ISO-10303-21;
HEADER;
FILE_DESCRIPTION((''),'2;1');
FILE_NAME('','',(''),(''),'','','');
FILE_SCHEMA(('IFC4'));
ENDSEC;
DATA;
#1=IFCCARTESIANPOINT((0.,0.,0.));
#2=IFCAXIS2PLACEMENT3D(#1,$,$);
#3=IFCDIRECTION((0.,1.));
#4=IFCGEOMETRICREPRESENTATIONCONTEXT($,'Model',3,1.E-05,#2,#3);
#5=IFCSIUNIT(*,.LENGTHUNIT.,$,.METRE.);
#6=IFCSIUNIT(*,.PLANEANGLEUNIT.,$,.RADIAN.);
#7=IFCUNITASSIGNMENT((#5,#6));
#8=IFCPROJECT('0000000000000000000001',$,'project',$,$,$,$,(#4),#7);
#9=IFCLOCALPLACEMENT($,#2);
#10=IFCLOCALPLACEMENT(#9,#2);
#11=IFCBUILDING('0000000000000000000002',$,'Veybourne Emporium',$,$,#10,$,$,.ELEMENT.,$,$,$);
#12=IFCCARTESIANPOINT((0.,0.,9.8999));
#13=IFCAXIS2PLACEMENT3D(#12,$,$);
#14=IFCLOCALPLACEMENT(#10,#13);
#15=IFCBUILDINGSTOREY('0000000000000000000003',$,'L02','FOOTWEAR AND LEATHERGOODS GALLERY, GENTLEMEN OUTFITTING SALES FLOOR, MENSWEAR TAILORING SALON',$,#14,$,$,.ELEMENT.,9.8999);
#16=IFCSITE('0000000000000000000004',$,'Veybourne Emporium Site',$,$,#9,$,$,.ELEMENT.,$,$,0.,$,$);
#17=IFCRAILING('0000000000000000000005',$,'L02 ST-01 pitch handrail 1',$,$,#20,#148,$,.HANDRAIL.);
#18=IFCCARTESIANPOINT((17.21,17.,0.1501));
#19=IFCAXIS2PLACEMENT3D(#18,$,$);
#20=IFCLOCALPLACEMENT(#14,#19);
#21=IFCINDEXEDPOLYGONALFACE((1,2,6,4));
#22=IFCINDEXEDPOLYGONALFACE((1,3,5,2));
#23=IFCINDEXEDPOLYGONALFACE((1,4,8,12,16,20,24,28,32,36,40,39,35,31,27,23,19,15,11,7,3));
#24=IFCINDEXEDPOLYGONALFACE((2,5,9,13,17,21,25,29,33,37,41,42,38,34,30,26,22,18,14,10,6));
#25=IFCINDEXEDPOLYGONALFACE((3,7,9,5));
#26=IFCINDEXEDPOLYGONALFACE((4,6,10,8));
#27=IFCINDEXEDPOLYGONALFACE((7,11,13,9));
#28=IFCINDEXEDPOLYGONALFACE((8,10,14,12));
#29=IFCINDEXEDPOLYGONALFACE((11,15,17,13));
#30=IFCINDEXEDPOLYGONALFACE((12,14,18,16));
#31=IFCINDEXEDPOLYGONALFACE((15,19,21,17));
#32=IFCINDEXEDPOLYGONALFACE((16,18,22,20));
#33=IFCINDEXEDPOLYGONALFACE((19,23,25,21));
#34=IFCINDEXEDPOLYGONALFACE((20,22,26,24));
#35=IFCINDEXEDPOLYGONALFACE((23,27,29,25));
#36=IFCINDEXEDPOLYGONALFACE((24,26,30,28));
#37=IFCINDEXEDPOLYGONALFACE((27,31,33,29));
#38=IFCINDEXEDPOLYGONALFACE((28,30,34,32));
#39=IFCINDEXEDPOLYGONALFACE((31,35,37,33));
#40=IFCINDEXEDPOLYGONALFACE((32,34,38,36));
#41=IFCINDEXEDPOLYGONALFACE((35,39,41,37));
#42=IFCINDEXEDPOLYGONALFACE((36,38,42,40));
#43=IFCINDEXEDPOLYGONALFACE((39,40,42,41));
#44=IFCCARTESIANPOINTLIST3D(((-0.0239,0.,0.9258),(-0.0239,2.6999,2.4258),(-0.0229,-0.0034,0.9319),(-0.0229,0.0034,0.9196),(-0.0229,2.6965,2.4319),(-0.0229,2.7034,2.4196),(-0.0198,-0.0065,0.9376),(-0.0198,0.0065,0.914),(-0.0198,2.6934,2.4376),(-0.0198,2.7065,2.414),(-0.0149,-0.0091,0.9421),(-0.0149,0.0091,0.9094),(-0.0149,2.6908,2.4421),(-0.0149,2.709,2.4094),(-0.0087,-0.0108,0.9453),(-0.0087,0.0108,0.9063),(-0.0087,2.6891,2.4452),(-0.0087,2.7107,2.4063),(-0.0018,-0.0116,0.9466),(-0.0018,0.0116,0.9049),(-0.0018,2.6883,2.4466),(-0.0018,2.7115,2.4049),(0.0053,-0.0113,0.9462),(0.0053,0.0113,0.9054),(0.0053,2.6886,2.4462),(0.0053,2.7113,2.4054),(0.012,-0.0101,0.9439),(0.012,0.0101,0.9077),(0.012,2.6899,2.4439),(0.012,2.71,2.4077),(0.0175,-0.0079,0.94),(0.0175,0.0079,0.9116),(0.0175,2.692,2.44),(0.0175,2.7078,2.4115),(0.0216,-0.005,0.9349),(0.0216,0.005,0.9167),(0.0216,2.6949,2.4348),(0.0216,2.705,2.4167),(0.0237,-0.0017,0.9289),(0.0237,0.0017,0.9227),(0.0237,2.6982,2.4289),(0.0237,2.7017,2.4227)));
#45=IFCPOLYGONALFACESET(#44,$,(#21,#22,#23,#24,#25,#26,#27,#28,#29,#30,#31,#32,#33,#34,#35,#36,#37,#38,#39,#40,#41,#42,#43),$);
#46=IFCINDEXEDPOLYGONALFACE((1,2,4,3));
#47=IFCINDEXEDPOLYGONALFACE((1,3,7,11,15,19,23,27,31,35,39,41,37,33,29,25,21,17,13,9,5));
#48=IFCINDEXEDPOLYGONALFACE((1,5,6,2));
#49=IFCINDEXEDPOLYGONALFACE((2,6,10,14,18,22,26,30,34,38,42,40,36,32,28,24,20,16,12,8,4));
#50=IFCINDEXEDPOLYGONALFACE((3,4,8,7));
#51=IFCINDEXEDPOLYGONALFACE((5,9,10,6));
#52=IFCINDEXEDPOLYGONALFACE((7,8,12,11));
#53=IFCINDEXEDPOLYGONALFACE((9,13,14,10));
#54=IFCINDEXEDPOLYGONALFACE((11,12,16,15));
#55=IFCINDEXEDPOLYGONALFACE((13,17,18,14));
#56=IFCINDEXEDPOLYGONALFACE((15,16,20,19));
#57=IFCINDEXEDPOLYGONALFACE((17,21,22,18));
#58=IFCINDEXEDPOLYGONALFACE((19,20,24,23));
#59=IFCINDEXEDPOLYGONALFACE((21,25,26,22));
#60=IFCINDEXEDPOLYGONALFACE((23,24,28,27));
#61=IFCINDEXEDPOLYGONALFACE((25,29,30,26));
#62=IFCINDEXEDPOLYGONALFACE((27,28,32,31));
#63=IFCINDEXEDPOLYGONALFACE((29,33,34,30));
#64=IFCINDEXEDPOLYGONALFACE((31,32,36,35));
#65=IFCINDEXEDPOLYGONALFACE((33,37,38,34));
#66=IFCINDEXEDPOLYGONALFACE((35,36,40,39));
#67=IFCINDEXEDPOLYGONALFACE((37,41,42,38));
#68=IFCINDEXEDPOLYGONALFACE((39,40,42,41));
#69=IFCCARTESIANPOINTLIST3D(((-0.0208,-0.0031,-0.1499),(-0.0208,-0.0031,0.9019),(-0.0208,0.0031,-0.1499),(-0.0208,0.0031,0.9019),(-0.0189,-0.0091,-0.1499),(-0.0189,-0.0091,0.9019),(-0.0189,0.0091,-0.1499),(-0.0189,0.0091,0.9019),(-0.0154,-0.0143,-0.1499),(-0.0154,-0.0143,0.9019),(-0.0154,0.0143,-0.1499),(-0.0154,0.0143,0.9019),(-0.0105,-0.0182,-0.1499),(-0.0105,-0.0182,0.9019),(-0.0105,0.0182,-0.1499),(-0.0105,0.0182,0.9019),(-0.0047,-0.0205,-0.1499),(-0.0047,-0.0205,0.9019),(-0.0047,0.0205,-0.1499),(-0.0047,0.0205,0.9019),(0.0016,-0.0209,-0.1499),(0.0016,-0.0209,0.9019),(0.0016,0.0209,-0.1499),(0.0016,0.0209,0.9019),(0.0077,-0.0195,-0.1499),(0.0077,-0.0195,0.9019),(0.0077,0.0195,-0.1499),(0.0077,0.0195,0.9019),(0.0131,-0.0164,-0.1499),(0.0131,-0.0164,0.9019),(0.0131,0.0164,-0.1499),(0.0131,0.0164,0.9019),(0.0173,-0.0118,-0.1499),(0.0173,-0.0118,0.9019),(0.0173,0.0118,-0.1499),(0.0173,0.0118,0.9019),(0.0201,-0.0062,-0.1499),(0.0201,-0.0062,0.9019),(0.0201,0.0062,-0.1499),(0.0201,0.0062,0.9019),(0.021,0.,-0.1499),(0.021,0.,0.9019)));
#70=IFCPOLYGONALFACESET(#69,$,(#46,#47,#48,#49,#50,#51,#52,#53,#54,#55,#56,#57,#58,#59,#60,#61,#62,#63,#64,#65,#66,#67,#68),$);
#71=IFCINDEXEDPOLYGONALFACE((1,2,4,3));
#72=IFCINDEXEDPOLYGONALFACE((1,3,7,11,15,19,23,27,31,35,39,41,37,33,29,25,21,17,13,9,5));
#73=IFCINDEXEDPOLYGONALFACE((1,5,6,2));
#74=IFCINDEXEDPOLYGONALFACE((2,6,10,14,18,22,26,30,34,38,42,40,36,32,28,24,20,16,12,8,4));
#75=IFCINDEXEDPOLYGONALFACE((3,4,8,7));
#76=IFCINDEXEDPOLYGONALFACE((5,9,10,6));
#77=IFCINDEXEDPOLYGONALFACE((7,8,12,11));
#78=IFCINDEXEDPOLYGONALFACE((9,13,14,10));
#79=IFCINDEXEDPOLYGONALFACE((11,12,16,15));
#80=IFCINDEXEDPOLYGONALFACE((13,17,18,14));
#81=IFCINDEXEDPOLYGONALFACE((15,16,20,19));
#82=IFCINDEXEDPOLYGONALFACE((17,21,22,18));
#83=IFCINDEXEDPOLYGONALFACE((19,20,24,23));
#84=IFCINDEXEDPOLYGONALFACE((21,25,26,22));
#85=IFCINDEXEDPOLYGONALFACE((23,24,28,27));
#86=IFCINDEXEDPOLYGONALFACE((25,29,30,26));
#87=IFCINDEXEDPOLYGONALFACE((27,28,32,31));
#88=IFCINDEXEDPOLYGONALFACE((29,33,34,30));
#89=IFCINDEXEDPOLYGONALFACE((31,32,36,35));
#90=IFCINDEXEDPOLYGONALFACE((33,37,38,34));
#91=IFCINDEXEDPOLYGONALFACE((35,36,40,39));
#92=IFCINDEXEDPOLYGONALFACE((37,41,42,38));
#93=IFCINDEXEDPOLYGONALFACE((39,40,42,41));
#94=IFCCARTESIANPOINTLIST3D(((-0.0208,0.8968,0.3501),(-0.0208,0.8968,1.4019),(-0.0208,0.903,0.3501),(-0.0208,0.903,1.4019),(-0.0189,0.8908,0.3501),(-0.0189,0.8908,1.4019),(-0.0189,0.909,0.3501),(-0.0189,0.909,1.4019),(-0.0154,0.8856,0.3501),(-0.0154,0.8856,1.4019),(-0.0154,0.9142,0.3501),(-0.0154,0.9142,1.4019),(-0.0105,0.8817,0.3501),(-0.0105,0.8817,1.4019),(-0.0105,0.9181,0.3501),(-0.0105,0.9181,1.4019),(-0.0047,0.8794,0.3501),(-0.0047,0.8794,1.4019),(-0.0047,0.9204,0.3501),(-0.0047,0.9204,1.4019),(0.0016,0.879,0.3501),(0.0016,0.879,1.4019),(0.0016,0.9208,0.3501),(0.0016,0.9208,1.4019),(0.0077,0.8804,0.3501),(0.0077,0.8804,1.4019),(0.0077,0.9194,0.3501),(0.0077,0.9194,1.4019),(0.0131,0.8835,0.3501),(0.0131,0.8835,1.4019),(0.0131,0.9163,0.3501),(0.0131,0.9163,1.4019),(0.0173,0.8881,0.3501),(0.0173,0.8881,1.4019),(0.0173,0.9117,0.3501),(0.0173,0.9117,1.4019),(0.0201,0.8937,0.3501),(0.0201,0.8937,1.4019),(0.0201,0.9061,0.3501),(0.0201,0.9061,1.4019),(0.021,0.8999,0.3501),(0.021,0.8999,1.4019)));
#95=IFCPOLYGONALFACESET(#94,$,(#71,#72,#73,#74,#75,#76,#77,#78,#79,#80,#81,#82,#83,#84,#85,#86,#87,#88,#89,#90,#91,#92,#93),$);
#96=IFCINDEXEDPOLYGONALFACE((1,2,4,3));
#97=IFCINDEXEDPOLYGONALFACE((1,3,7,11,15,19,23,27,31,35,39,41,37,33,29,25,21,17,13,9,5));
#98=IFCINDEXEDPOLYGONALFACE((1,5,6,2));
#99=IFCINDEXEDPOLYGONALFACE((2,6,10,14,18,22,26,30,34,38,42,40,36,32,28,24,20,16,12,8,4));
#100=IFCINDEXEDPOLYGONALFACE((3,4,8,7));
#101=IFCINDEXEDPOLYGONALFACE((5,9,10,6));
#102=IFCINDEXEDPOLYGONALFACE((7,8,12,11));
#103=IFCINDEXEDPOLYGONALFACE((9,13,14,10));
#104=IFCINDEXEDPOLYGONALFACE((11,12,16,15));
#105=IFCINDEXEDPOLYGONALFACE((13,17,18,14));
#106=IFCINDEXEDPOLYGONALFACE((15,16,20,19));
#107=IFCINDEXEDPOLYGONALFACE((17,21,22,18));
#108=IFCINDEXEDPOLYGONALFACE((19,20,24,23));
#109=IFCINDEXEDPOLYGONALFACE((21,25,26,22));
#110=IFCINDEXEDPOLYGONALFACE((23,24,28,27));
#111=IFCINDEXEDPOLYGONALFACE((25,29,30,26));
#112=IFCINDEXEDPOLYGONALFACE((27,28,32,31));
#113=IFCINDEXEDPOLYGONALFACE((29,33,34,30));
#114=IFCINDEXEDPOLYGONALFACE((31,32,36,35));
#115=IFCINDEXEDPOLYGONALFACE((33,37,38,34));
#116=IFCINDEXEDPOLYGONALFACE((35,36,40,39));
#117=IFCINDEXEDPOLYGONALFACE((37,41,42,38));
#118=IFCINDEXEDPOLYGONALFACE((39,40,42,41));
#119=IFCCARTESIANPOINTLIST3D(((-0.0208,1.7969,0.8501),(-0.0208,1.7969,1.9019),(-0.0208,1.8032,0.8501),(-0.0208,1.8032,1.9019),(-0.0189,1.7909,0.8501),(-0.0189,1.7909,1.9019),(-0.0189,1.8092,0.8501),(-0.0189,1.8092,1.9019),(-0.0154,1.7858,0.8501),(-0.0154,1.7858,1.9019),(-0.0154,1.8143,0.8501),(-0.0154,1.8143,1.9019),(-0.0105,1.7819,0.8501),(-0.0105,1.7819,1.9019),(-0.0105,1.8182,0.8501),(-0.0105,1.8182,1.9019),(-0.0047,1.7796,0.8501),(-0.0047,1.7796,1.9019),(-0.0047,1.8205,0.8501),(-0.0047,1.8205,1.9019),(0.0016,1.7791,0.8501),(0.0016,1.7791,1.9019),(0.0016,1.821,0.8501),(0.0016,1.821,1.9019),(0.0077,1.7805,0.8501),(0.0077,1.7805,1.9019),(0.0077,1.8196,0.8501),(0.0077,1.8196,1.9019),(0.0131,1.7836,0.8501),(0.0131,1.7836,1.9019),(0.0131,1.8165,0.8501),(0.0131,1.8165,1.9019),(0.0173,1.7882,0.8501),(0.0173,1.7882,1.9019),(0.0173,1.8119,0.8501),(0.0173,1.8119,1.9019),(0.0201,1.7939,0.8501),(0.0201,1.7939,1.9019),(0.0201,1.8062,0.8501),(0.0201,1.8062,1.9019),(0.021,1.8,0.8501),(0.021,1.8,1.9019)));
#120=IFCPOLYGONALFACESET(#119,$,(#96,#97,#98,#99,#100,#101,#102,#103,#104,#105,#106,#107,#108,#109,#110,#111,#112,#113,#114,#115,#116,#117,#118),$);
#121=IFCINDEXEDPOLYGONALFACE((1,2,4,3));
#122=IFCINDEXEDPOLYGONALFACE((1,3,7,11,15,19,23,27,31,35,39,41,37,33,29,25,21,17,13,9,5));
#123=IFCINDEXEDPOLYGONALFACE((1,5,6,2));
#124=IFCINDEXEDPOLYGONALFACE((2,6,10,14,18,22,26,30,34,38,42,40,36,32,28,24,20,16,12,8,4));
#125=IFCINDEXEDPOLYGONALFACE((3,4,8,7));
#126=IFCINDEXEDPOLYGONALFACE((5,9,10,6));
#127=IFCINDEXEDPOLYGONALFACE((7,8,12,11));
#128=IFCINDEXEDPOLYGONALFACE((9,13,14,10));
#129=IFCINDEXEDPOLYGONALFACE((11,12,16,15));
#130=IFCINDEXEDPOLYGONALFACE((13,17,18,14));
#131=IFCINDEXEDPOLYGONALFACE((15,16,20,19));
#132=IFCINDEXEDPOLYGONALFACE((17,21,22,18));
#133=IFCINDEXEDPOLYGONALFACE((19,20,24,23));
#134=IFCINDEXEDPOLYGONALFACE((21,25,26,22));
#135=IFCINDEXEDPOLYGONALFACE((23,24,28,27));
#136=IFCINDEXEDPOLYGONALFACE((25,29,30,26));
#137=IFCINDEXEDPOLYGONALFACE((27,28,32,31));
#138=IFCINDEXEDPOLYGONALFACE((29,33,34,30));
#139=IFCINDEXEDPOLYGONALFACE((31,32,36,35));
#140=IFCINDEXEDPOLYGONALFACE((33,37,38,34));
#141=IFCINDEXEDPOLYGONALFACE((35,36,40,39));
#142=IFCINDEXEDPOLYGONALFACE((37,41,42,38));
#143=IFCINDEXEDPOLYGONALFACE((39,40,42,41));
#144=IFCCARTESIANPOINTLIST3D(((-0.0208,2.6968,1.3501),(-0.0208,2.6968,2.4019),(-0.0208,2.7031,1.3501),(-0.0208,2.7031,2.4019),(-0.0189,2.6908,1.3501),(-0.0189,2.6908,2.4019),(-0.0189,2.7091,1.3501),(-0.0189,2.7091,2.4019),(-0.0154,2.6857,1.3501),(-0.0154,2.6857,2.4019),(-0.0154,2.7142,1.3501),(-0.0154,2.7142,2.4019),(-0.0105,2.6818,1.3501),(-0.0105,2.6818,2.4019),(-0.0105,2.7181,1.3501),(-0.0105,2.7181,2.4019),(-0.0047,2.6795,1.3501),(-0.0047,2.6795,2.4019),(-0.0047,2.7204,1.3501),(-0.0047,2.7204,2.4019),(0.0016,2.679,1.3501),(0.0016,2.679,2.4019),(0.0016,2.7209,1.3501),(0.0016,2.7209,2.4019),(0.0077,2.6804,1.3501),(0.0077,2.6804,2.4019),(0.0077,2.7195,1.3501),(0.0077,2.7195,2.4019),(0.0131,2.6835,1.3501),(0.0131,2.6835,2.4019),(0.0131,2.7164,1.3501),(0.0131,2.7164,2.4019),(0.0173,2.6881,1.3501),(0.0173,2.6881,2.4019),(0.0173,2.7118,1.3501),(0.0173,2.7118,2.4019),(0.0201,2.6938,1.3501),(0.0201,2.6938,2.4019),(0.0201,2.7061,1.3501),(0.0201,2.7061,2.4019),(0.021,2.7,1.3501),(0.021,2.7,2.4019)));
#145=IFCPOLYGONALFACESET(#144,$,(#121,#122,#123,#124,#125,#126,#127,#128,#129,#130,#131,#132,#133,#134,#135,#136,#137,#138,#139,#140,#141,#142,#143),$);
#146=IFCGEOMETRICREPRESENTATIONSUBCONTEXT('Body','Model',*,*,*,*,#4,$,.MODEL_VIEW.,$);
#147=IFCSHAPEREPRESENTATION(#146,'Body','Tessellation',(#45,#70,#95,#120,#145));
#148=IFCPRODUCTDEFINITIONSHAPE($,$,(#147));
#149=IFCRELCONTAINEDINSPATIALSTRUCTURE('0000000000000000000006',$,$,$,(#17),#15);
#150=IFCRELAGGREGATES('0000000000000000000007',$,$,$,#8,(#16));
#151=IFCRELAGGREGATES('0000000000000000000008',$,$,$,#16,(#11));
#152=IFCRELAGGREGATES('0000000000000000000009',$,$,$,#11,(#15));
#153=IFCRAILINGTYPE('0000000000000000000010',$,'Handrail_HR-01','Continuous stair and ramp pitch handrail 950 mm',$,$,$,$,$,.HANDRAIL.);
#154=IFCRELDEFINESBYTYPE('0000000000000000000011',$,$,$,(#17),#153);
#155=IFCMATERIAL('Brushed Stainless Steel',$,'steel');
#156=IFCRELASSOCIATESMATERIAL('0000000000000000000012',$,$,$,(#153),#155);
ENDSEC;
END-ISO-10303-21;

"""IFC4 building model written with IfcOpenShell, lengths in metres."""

from ifc_helpers import new_model, si_unit, direction, frame, origin, origin_2d, place, context, subcontext, project, spatial, circle, extrude, material, type_object, element, save


model = new_model("IFC4")

# Units and contexts
model_context = context("Model", 3, precision=1e-05, world=origin(), true_north=direction((0.0, 1.0)))
body_context = subcontext(model_context, "Body", "Model", "MODEL_VIEW")
ifc_project = project(units=[si_unit("LENGTHUNIT", "METRE"), si_unit("PLANEANGLEUNIT", "RADIAN")], contexts=[model_context])

# Site, building, storey
site_placement = place(None, origin())
site = spatial("IfcSite", under=ifc_project, at=site_placement, Name="Veybourne Emporium Site", CompositionType="ELEMENT", RefElevation=0.0)
building_placement = place(site_placement, origin())
building = spatial("IfcBuilding", under=site, at=building_placement, Name="Veybourne Emporium", CompositionType="ELEMENT")
storey_placement = place(building_placement, frame((0.0, 0.0, 9.8999)))
storey = spatial("IfcBuildingStorey", under=building, at=storey_placement, Name="L02", Description="FOOTWEAR AND LEATHERGOODS GALLERY, GENTLEMEN OUTFITTING SALES FLOOR, MENSWEAR TAILORING SALON", CompositionType="ELEMENT", Elevation=9.8999)

# Railing
ifc_material_1 = material(Name="Brushed Stainless Steel", Category="steel")
railing_type_1 = type_object("IfcRailingType", Name="Handrail_HR-01", Description="Continuous stair and ramp pitch handrail 950 mm", PredefinedType="HANDRAIL", material=ifc_material_1)
railing_1_placement = place(storey_placement, frame((17.21, 17.0, 0.1501)))
element("IfcRailing", 1, at=railing_1_placement, inside=storey, type_object=railing_type_1, Name="L02 ST-01 pitch handrail 1", PredefinedType="HANDRAIL", context=body_context, shape_type="SweptSolid", body=[
    extrude(circle(Radius=0.0239, at=origin_2d()), frame((0.0, 0.0, 0.9258), z_axis=(0.0, 0.874154, 0.48565), x_axis=(-1.0, 0.0, 0.0)), (0.0, 0.0, 1.0), 3.0886),
    extrude(circle(Radius=0.021, at=origin_2d()), frame((0.0, 0.0, -0.1499)), (0.0, 0.0, 1.0), 1.0518),
    extrude(circle(Radius=0.021, at=origin_2d()), frame((0.0, 0.8999, 0.3501)), (0.0, 0.0, 1.0), 1.0518),
    extrude(circle(Radius=0.021, at=origin_2d()), frame((0.0, 1.8, 0.8501)), (0.0, 0.0, 1.0), 1.0518),
    extrude(circle(Radius=0.021, at=origin_2d()), frame((0.0, 2.7, 1.3501)), (0.0, 0.0, 1.0), 1.0518),
])

save(model, "model.ifc")
